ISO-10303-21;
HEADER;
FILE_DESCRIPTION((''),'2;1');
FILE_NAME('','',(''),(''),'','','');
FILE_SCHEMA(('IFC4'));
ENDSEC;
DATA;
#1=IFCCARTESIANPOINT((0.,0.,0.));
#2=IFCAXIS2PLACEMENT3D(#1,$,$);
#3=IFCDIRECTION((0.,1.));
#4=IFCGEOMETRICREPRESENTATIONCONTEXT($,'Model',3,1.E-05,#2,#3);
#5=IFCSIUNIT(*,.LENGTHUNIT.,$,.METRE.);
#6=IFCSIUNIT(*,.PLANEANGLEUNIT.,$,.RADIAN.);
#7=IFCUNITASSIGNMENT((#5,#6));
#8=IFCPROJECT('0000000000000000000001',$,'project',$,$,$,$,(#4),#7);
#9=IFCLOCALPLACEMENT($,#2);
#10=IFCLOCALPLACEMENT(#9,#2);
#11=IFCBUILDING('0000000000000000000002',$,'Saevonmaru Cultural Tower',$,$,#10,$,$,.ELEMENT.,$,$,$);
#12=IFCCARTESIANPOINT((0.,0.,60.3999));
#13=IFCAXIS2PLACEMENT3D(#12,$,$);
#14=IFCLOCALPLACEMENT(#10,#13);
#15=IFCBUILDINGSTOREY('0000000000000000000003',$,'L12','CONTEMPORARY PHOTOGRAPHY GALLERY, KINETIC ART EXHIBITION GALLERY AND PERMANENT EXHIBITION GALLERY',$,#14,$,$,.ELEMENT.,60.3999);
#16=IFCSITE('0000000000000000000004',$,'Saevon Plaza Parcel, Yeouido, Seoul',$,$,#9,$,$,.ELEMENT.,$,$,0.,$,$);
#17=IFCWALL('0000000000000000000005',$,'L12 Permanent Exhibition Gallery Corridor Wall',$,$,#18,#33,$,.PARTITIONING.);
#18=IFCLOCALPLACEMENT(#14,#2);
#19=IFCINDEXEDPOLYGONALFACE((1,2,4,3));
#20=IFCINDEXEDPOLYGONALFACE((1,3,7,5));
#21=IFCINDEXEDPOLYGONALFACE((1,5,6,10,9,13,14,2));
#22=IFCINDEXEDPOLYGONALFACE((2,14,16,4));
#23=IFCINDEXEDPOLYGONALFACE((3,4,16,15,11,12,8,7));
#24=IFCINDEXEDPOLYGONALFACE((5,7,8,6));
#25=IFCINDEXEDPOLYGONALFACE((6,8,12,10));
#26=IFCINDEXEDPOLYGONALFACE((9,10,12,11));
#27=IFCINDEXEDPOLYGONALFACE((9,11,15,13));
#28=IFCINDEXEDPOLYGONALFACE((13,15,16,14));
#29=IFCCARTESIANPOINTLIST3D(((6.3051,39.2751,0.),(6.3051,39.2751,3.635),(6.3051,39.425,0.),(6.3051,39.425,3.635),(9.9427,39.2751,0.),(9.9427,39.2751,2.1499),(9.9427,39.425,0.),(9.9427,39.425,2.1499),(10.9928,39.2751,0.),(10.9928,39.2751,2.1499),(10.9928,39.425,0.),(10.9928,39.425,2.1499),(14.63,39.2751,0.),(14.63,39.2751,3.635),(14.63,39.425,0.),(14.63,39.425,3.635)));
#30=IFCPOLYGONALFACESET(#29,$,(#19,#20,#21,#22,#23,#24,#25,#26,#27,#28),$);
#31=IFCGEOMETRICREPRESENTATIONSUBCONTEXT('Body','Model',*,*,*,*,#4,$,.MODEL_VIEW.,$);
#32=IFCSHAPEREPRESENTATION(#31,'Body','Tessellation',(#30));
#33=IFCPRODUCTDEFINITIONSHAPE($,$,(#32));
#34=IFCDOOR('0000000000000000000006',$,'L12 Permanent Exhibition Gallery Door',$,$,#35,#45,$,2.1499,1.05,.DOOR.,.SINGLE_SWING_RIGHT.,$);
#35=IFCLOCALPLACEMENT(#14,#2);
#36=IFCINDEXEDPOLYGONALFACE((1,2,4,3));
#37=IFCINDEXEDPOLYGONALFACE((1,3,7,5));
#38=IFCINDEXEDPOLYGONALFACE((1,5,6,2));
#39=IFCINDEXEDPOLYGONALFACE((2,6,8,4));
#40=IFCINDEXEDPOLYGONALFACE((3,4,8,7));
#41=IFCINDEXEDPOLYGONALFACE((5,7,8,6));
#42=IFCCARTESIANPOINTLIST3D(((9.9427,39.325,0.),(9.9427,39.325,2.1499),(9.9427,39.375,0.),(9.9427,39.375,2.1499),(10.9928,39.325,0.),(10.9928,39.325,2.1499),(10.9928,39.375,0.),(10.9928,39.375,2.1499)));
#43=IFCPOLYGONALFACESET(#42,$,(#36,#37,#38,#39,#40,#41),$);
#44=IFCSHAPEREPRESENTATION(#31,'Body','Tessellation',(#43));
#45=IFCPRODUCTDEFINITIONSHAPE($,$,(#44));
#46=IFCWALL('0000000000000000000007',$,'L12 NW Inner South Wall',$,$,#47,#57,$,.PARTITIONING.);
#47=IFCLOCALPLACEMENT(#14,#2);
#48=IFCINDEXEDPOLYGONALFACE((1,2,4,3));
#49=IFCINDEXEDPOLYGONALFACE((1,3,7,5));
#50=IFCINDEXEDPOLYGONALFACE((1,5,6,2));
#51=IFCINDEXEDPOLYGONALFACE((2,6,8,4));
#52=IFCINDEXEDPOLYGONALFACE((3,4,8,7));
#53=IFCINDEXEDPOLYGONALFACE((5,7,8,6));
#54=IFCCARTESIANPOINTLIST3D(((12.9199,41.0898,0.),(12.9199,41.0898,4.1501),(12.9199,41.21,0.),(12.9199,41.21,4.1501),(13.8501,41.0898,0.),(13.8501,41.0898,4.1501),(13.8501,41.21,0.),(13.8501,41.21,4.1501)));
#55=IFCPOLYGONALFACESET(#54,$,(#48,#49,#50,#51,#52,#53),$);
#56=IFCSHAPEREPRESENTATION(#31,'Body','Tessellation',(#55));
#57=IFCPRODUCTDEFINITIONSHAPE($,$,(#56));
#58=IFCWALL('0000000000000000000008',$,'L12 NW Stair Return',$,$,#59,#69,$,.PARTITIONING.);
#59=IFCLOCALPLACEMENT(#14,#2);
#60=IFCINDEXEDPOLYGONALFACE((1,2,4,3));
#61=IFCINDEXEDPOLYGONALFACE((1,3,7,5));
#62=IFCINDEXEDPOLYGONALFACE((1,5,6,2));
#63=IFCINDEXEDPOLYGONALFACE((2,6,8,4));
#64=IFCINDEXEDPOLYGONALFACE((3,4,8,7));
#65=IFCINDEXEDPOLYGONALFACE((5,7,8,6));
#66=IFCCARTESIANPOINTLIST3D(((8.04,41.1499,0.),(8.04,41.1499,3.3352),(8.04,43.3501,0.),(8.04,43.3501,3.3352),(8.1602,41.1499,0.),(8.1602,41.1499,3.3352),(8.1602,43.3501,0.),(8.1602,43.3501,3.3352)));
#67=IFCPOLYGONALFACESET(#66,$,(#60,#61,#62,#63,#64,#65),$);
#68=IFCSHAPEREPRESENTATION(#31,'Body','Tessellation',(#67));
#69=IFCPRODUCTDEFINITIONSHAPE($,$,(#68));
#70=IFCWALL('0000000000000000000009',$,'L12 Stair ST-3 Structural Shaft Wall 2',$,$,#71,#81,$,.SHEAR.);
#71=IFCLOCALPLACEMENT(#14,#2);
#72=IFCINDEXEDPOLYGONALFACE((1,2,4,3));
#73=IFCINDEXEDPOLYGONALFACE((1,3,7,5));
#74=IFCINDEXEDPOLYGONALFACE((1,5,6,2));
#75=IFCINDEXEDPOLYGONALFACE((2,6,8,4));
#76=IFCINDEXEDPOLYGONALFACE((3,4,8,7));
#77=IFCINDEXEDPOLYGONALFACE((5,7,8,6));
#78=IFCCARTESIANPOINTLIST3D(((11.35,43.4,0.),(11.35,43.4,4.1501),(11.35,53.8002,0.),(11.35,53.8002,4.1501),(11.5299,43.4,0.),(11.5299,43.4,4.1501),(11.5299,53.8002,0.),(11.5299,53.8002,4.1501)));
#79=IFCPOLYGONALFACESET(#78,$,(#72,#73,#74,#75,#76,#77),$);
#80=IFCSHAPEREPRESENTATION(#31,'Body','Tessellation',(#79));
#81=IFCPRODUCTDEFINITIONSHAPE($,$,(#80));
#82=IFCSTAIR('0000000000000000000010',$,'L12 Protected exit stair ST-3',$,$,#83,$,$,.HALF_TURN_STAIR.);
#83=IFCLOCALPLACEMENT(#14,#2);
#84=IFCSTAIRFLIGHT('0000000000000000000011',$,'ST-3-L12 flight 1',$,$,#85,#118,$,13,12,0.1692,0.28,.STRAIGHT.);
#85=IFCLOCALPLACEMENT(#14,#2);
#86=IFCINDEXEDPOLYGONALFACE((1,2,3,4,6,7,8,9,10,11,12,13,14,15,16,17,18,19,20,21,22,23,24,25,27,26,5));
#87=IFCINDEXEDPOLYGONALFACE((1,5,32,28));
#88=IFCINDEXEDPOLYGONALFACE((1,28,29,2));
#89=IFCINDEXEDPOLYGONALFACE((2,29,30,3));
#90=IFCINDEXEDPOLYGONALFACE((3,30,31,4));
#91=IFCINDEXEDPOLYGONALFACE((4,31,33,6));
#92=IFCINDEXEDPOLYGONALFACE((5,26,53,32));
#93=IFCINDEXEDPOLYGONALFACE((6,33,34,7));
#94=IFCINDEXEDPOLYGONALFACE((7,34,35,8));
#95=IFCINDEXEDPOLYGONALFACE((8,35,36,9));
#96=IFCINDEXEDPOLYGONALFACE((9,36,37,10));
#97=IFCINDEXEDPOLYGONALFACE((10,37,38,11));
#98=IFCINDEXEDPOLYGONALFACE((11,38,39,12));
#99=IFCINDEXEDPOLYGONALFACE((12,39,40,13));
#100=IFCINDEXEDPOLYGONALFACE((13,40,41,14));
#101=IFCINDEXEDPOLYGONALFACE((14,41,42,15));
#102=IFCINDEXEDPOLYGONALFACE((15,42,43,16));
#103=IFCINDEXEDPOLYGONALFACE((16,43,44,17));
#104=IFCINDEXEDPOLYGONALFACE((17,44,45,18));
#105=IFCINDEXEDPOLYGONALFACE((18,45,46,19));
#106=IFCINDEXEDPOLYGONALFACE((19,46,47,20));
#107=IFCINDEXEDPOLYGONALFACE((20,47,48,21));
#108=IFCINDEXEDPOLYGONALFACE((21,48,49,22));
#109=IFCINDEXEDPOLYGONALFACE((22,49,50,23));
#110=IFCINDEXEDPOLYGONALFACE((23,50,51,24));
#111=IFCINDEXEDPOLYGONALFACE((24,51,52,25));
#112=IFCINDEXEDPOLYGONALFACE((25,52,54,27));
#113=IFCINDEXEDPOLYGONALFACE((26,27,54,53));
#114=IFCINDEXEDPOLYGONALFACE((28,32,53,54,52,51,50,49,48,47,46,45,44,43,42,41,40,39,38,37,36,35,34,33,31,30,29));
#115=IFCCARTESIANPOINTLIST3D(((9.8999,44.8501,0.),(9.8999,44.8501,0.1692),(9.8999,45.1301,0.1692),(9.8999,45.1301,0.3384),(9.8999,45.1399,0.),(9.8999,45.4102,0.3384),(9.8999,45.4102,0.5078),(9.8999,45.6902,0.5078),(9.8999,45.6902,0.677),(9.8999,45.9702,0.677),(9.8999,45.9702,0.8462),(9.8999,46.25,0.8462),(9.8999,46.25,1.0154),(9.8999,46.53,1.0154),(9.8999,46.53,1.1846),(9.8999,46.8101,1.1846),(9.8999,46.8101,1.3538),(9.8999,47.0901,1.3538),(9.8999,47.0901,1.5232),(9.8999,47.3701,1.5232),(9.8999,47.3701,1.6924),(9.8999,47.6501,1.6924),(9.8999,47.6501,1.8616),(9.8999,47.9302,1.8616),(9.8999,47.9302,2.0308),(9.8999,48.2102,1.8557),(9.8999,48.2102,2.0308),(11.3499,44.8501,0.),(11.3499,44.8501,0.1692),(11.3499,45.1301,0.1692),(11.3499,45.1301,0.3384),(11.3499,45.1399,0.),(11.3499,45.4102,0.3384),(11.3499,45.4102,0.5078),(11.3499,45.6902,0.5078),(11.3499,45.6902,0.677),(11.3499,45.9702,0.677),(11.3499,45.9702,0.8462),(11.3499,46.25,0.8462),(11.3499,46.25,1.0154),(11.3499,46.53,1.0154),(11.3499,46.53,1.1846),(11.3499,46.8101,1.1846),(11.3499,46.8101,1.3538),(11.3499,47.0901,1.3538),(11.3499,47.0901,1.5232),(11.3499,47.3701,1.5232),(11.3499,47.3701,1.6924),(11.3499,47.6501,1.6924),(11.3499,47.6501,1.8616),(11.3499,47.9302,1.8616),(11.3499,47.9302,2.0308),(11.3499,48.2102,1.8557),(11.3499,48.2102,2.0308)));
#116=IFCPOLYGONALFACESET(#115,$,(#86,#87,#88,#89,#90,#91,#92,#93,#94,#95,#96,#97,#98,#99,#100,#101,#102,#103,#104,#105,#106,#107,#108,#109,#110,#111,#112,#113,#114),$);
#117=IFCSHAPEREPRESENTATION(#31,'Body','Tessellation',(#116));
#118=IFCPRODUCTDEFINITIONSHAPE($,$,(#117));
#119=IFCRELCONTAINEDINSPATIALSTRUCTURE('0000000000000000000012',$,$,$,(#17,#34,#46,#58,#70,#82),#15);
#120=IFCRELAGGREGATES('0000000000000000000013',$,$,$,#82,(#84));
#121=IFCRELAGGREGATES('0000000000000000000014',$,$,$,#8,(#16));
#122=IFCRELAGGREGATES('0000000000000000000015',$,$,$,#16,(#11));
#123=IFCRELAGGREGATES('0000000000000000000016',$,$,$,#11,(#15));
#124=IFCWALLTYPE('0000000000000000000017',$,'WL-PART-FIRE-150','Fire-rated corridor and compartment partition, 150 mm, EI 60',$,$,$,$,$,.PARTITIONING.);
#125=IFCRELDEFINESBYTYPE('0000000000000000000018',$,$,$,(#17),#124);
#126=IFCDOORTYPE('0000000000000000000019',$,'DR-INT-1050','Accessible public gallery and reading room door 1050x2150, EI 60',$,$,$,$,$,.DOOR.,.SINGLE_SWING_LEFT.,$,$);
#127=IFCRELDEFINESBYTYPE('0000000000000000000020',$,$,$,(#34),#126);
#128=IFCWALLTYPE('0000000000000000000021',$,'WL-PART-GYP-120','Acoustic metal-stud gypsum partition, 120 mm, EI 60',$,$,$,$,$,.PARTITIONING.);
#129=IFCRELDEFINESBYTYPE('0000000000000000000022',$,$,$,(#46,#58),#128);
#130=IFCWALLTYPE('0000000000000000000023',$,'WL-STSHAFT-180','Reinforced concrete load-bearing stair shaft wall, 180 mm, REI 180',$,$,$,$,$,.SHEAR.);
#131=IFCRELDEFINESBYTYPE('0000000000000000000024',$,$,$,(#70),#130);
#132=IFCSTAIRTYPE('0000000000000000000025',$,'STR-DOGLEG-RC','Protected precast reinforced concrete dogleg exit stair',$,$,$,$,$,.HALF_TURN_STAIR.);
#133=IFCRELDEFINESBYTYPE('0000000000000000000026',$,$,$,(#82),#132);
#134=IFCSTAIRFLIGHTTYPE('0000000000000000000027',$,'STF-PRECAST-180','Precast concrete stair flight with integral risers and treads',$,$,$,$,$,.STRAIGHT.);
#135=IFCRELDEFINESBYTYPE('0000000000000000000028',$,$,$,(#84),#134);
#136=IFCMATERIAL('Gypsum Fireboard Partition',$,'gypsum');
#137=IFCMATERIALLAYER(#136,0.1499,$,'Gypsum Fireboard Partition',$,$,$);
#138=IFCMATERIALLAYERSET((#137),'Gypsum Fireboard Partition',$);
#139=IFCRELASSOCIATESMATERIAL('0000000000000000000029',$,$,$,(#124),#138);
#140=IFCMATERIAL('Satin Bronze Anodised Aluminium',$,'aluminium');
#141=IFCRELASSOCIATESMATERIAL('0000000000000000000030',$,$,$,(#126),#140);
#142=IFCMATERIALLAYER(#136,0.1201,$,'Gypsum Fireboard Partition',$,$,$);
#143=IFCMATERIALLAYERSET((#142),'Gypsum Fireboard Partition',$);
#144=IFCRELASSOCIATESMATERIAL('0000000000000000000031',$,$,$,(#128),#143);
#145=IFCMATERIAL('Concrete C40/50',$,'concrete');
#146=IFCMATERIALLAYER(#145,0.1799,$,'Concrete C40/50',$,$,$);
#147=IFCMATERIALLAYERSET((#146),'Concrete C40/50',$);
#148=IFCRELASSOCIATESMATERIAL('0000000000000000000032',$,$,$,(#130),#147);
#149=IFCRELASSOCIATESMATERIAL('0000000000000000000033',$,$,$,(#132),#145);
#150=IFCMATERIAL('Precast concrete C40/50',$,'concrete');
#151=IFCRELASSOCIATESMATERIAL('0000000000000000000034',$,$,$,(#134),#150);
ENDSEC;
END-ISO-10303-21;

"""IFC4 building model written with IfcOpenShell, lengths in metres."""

from ifc_helpers import new_model, si_unit, direction, frame, frame_2d, origin, place, context, subcontext, project, spatial, polyline, rectangle, outline, extrude, material, layer, layer_set, type_object, element, fill, aggregate, save


model = new_model("IFC4")

# Units and contexts
model_context = context("Model", 3, precision=1e-05, world=origin(), true_north=direction((0.0, 1.0)))
body_context = subcontext(model_context, "Body", "Model", "MODEL_VIEW")
ifc_project = project(units=[si_unit("LENGTHUNIT", "METRE"), si_unit("PLANEANGLEUNIT", "RADIAN")], contexts=[model_context])

# Site, building, storey
site_placement = place(None, origin())
site = spatial("IfcSite", under=ifc_project, at=site_placement, Name="Saevon Plaza Parcel, Yeouido, Seoul", CompositionType="ELEMENT", RefElevation=0.0)
building_placement = place(site_placement, origin())
building = spatial("IfcBuilding", under=site, at=building_placement, Name="Saevonmaru Cultural Tower", CompositionType="ELEMENT")
storey_placement = place(building_placement, frame((0.0, 0.0, 60.3999)))
storey = spatial("IfcBuildingStorey", under=building, at=storey_placement, Name="L12", Description="CONTEMPORARY PHOTOGRAPHY GALLERY, KINETIC ART EXHIBITION GALLERY AND PERMANENT EXHIBITION GALLERY", CompositionType="ELEMENT", Elevation=60.3999)

# Shared definitions
ifc_material_1 = material(Name="Satin Bronze Anodised Aluminium", Category="aluminium")

# Shared definitions
ifc_material_2 = material(Name="Gypsum Fireboard Partition", Category="gypsum")
ifc_layer_1 = layer(ifc_material_2, 0.1499, Name="Gypsum Fireboard Partition")
ifc_layer_set_1 = layer_set([ifc_layer_1], Name="Gypsum Fireboard Partition")
wall_type_1 = type_object("IfcWallType", Name="WL-PART-FIRE-150", Description="Fire-rated corridor and compartment partition, 150 mm, EI 60", PredefinedType="PARTITIONING", material=ifc_layer_set_1)

# Wall, opening, door
wall_1_placement = place(storey_placement, frame((6.3049, 39.3501, 0.0), z_axis=(0.0, 0.0, 1.0), x_axis=(1.0, 0.0, 0.0)))
wall_1 = element("IfcWall", 1, at=wall_1_placement, inside=storey, type_object=wall_type_1, Name="L12 Permanent Exhibition Gallery Corridor Wall", PredefinedType="PARTITIONING", context=body_context, shape_type="SweptSolid", body=[
    extrude(rectangle(XDim=8.325, YDim=0.1499, at=frame_2d((4.1626, 0.0))), origin(), (0.0, 0.0, 1.0), 3.635),
])
opening_1_placement = place(wall_1_placement, frame((3.6379, 0.0, 0.0)))
opening_1 = element("IfcOpeningElement", 2, at=opening_1_placement, cuts=wall_1, PredefinedType="OPENING", context=body_context, shape_type="SweptSolid", body=[
    extrude(rectangle(XDim=1.05, YDim=2.1499, at=frame_2d((0.5249, 1.075))), frame((0.0, 0.085, 0.0), z_axis=(0.0, -1.0, 0.0), x_axis=(1.0, 0.0, 0.0)), (0.0, 0.0, 1.0), 0.1699),
])
door_type_1 = type_object("IfcDoorType", Name="DR-INT-1050", Description="Accessible public gallery and reading room door 1050x2150, EI 60", OperationType="SINGLE_SWING_LEFT", PredefinedType="DOOR", material=ifc_material_1)
door_1_placement = place(opening_1_placement, origin())
door_1 = element("IfcDoor", 3, at=door_1_placement, inside=storey, type_object=door_type_1, Name="L12 Permanent Exhibition Gallery Door", OperationType="SINGLE_SWING_RIGHT", OverallHeight=2.1499, OverallWidth=1.05, PredefinedType="DOOR", context=body_context, shape_type="SweptSolid", body=[
    extrude(rectangle(XDim=1.05, YDim=2.1499, at=frame_2d((0.5249, 1.075))), frame((0.0, 0.0249, 0.0), z_axis=(0.0, -1.0, 0.0), x_axis=(1.0, 0.0, 0.0)), (0.0, 0.0, 1.0), 0.05),
])
fill(opening_1, door_1)

# Walls
ifc_layer_2 = layer(ifc_material_2, 0.1201, Name="Gypsum Fireboard Partition")
ifc_layer_set_2 = layer_set([ifc_layer_2], Name="Gypsum Fireboard Partition")
wall_type_2 = type_object("IfcWallType", Name="WL-PART-GYP-120", Description="Acoustic metal-stud gypsum partition, 120 mm, EI 60", PredefinedType="PARTITIONING", material=ifc_layer_set_2)
wall_2_placement = place(storey_placement, frame((12.9199, 41.1499, 0.0), z_axis=(0.0, 0.0, 1.0), x_axis=(1.0, 0.0, 0.0)))
element("IfcWall", 4, at=wall_2_placement, inside=storey, type_object=wall_type_2, Name="L12 NW Inner South Wall", PredefinedType="PARTITIONING", context=body_context, shape_type="SweptSolid", body=[
    extrude(rectangle(XDim=0.9302, YDim=0.1201, at=frame_2d((0.4651, 0.0))), origin(), (0.0, 0.0, 1.0), 4.1501),
])
wall_3_placement = place(storey_placement, frame((8.1001, 41.1499, 0.0), z_axis=(0.0, 0.0, 1.0), x_axis=(0.0, 1.0, 0.0)))
element("IfcWall", 5, at=wall_3_placement, inside=storey, type_object=wall_type_2, Name="L12 NW Stair Return", PredefinedType="PARTITIONING", context=body_context, shape_type="SweptSolid", body=[
    extrude(rectangle(XDim=2.2002, YDim=0.1201, at=frame_2d((1.1001, 0.0))), origin(), (0.0, 0.0, 1.0), 3.3352),
])

# Shared definitions
ifc_material_3 = material(Name="Concrete C40/50", Category="concrete")
ifc_layer_3 = layer(ifc_material_3, 0.1799, Name="Concrete C40/50")
ifc_layer_set_3 = layer_set([ifc_layer_3], Name="Concrete C40/50")
wall_type_3 = type_object("IfcWallType", Name="WL-STSHAFT-180", Description="Reinforced concrete load-bearing stair shaft wall, 180 mm, REI 180", PredefinedType="SHEAR", material=ifc_layer_set_3)

# Wall
wall_4_placement = place(storey_placement, frame((11.4399, 43.3999, 0.0), z_axis=(0.0, 0.0, 1.0), x_axis=(0.0, 1.0, 0.0)))
element("IfcWall", 6, at=wall_4_placement, inside=storey, type_object=wall_type_3, Name="L12 Stair ST-3 Structural Shaft Wall 2", PredefinedType="SHEAR", context=body_context, shape_type="SweptSolid", body=[
    extrude(rectangle(XDim=10.4001, YDim=0.1799, at=frame_2d((5.2002, 0.0))), origin(), (0.0, 0.0, 1.0), 4.1501),
])

# Stair, stair flight
stair_type = type_object("IfcStairType", Name="STR-DOGLEG-RC", Description="Protected precast reinforced concrete dogleg exit stair", PredefinedType="HALF_TURN_STAIR", material=ifc_material_3)
stair_placement = place(storey_placement, origin())
stair = element("IfcStair", 7, at=stair_placement, inside=storey, type_object=stair_type, Name="L12 Protected exit stair ST-3", PredefinedType="HALF_TURN_STAIR")
ifc_material_4 = material(Name="Precast concrete C40/50", Category="concrete")
stair_flight_type = type_object("IfcStairFlightType", Name="STF-PRECAST-180", Description="Precast concrete stair flight with integral risers and treads", PredefinedType="STRAIGHT", material=ifc_material_4)
stair_flight_placement = place(storey_placement, frame((10.625, 44.8501, 0.0), z_axis=(0.0, 0.0, 1.0), x_axis=(0.0, 1.0, 0.0)))
stair_flight = element("IfcStairFlight", 8, at=stair_flight_placement, type_object=stair_flight_type, Name="ST-3-L12 flight 1", NumberOfRisers=13, NumberOfTreads=12, PredefinedType="STRAIGHT", RiserHeight=0.1692, TreadLength=0.28, context=body_context, shape_type="SweptSolid", body=[
    extrude(outline(polyline([(0.0, 0.0), (0.0, 0.1692), (0.28, 0.1692), (0.28, 0.3384), (0.5601, 0.3384), (0.5601, 0.5078), (0.8401, 0.5078), (0.8401, 0.677), (1.1201, 0.677), (1.1201, 0.8462), (1.3999, 0.8462), (1.3999, 1.0154), (1.6799, 1.0154), (1.6799, 1.1846), (1.96, 1.1846), (1.96, 1.3538), (2.24, 1.3538), (2.24, 1.5232), (2.52, 1.5232), (2.52, 1.6924), (2.8, 1.6924), (2.8, 1.8616), (3.0801, 1.8616), (3.0801, 2.0308), (3.3601, 2.0308), (3.3601, 2.2), (3.3601, 1.8557), (0.2898, 0.0), (0.0, 0.0)])), frame((0.0, 0.7251, 0.0), z_axis=(0.0, -1.0, 0.0), x_axis=(1.0, 0.0, 0.0)), (0.0, 0.0, 1.0), 1.45),
])
aggregate(stair, [stair_flight])

save(model, "model.ifc")
